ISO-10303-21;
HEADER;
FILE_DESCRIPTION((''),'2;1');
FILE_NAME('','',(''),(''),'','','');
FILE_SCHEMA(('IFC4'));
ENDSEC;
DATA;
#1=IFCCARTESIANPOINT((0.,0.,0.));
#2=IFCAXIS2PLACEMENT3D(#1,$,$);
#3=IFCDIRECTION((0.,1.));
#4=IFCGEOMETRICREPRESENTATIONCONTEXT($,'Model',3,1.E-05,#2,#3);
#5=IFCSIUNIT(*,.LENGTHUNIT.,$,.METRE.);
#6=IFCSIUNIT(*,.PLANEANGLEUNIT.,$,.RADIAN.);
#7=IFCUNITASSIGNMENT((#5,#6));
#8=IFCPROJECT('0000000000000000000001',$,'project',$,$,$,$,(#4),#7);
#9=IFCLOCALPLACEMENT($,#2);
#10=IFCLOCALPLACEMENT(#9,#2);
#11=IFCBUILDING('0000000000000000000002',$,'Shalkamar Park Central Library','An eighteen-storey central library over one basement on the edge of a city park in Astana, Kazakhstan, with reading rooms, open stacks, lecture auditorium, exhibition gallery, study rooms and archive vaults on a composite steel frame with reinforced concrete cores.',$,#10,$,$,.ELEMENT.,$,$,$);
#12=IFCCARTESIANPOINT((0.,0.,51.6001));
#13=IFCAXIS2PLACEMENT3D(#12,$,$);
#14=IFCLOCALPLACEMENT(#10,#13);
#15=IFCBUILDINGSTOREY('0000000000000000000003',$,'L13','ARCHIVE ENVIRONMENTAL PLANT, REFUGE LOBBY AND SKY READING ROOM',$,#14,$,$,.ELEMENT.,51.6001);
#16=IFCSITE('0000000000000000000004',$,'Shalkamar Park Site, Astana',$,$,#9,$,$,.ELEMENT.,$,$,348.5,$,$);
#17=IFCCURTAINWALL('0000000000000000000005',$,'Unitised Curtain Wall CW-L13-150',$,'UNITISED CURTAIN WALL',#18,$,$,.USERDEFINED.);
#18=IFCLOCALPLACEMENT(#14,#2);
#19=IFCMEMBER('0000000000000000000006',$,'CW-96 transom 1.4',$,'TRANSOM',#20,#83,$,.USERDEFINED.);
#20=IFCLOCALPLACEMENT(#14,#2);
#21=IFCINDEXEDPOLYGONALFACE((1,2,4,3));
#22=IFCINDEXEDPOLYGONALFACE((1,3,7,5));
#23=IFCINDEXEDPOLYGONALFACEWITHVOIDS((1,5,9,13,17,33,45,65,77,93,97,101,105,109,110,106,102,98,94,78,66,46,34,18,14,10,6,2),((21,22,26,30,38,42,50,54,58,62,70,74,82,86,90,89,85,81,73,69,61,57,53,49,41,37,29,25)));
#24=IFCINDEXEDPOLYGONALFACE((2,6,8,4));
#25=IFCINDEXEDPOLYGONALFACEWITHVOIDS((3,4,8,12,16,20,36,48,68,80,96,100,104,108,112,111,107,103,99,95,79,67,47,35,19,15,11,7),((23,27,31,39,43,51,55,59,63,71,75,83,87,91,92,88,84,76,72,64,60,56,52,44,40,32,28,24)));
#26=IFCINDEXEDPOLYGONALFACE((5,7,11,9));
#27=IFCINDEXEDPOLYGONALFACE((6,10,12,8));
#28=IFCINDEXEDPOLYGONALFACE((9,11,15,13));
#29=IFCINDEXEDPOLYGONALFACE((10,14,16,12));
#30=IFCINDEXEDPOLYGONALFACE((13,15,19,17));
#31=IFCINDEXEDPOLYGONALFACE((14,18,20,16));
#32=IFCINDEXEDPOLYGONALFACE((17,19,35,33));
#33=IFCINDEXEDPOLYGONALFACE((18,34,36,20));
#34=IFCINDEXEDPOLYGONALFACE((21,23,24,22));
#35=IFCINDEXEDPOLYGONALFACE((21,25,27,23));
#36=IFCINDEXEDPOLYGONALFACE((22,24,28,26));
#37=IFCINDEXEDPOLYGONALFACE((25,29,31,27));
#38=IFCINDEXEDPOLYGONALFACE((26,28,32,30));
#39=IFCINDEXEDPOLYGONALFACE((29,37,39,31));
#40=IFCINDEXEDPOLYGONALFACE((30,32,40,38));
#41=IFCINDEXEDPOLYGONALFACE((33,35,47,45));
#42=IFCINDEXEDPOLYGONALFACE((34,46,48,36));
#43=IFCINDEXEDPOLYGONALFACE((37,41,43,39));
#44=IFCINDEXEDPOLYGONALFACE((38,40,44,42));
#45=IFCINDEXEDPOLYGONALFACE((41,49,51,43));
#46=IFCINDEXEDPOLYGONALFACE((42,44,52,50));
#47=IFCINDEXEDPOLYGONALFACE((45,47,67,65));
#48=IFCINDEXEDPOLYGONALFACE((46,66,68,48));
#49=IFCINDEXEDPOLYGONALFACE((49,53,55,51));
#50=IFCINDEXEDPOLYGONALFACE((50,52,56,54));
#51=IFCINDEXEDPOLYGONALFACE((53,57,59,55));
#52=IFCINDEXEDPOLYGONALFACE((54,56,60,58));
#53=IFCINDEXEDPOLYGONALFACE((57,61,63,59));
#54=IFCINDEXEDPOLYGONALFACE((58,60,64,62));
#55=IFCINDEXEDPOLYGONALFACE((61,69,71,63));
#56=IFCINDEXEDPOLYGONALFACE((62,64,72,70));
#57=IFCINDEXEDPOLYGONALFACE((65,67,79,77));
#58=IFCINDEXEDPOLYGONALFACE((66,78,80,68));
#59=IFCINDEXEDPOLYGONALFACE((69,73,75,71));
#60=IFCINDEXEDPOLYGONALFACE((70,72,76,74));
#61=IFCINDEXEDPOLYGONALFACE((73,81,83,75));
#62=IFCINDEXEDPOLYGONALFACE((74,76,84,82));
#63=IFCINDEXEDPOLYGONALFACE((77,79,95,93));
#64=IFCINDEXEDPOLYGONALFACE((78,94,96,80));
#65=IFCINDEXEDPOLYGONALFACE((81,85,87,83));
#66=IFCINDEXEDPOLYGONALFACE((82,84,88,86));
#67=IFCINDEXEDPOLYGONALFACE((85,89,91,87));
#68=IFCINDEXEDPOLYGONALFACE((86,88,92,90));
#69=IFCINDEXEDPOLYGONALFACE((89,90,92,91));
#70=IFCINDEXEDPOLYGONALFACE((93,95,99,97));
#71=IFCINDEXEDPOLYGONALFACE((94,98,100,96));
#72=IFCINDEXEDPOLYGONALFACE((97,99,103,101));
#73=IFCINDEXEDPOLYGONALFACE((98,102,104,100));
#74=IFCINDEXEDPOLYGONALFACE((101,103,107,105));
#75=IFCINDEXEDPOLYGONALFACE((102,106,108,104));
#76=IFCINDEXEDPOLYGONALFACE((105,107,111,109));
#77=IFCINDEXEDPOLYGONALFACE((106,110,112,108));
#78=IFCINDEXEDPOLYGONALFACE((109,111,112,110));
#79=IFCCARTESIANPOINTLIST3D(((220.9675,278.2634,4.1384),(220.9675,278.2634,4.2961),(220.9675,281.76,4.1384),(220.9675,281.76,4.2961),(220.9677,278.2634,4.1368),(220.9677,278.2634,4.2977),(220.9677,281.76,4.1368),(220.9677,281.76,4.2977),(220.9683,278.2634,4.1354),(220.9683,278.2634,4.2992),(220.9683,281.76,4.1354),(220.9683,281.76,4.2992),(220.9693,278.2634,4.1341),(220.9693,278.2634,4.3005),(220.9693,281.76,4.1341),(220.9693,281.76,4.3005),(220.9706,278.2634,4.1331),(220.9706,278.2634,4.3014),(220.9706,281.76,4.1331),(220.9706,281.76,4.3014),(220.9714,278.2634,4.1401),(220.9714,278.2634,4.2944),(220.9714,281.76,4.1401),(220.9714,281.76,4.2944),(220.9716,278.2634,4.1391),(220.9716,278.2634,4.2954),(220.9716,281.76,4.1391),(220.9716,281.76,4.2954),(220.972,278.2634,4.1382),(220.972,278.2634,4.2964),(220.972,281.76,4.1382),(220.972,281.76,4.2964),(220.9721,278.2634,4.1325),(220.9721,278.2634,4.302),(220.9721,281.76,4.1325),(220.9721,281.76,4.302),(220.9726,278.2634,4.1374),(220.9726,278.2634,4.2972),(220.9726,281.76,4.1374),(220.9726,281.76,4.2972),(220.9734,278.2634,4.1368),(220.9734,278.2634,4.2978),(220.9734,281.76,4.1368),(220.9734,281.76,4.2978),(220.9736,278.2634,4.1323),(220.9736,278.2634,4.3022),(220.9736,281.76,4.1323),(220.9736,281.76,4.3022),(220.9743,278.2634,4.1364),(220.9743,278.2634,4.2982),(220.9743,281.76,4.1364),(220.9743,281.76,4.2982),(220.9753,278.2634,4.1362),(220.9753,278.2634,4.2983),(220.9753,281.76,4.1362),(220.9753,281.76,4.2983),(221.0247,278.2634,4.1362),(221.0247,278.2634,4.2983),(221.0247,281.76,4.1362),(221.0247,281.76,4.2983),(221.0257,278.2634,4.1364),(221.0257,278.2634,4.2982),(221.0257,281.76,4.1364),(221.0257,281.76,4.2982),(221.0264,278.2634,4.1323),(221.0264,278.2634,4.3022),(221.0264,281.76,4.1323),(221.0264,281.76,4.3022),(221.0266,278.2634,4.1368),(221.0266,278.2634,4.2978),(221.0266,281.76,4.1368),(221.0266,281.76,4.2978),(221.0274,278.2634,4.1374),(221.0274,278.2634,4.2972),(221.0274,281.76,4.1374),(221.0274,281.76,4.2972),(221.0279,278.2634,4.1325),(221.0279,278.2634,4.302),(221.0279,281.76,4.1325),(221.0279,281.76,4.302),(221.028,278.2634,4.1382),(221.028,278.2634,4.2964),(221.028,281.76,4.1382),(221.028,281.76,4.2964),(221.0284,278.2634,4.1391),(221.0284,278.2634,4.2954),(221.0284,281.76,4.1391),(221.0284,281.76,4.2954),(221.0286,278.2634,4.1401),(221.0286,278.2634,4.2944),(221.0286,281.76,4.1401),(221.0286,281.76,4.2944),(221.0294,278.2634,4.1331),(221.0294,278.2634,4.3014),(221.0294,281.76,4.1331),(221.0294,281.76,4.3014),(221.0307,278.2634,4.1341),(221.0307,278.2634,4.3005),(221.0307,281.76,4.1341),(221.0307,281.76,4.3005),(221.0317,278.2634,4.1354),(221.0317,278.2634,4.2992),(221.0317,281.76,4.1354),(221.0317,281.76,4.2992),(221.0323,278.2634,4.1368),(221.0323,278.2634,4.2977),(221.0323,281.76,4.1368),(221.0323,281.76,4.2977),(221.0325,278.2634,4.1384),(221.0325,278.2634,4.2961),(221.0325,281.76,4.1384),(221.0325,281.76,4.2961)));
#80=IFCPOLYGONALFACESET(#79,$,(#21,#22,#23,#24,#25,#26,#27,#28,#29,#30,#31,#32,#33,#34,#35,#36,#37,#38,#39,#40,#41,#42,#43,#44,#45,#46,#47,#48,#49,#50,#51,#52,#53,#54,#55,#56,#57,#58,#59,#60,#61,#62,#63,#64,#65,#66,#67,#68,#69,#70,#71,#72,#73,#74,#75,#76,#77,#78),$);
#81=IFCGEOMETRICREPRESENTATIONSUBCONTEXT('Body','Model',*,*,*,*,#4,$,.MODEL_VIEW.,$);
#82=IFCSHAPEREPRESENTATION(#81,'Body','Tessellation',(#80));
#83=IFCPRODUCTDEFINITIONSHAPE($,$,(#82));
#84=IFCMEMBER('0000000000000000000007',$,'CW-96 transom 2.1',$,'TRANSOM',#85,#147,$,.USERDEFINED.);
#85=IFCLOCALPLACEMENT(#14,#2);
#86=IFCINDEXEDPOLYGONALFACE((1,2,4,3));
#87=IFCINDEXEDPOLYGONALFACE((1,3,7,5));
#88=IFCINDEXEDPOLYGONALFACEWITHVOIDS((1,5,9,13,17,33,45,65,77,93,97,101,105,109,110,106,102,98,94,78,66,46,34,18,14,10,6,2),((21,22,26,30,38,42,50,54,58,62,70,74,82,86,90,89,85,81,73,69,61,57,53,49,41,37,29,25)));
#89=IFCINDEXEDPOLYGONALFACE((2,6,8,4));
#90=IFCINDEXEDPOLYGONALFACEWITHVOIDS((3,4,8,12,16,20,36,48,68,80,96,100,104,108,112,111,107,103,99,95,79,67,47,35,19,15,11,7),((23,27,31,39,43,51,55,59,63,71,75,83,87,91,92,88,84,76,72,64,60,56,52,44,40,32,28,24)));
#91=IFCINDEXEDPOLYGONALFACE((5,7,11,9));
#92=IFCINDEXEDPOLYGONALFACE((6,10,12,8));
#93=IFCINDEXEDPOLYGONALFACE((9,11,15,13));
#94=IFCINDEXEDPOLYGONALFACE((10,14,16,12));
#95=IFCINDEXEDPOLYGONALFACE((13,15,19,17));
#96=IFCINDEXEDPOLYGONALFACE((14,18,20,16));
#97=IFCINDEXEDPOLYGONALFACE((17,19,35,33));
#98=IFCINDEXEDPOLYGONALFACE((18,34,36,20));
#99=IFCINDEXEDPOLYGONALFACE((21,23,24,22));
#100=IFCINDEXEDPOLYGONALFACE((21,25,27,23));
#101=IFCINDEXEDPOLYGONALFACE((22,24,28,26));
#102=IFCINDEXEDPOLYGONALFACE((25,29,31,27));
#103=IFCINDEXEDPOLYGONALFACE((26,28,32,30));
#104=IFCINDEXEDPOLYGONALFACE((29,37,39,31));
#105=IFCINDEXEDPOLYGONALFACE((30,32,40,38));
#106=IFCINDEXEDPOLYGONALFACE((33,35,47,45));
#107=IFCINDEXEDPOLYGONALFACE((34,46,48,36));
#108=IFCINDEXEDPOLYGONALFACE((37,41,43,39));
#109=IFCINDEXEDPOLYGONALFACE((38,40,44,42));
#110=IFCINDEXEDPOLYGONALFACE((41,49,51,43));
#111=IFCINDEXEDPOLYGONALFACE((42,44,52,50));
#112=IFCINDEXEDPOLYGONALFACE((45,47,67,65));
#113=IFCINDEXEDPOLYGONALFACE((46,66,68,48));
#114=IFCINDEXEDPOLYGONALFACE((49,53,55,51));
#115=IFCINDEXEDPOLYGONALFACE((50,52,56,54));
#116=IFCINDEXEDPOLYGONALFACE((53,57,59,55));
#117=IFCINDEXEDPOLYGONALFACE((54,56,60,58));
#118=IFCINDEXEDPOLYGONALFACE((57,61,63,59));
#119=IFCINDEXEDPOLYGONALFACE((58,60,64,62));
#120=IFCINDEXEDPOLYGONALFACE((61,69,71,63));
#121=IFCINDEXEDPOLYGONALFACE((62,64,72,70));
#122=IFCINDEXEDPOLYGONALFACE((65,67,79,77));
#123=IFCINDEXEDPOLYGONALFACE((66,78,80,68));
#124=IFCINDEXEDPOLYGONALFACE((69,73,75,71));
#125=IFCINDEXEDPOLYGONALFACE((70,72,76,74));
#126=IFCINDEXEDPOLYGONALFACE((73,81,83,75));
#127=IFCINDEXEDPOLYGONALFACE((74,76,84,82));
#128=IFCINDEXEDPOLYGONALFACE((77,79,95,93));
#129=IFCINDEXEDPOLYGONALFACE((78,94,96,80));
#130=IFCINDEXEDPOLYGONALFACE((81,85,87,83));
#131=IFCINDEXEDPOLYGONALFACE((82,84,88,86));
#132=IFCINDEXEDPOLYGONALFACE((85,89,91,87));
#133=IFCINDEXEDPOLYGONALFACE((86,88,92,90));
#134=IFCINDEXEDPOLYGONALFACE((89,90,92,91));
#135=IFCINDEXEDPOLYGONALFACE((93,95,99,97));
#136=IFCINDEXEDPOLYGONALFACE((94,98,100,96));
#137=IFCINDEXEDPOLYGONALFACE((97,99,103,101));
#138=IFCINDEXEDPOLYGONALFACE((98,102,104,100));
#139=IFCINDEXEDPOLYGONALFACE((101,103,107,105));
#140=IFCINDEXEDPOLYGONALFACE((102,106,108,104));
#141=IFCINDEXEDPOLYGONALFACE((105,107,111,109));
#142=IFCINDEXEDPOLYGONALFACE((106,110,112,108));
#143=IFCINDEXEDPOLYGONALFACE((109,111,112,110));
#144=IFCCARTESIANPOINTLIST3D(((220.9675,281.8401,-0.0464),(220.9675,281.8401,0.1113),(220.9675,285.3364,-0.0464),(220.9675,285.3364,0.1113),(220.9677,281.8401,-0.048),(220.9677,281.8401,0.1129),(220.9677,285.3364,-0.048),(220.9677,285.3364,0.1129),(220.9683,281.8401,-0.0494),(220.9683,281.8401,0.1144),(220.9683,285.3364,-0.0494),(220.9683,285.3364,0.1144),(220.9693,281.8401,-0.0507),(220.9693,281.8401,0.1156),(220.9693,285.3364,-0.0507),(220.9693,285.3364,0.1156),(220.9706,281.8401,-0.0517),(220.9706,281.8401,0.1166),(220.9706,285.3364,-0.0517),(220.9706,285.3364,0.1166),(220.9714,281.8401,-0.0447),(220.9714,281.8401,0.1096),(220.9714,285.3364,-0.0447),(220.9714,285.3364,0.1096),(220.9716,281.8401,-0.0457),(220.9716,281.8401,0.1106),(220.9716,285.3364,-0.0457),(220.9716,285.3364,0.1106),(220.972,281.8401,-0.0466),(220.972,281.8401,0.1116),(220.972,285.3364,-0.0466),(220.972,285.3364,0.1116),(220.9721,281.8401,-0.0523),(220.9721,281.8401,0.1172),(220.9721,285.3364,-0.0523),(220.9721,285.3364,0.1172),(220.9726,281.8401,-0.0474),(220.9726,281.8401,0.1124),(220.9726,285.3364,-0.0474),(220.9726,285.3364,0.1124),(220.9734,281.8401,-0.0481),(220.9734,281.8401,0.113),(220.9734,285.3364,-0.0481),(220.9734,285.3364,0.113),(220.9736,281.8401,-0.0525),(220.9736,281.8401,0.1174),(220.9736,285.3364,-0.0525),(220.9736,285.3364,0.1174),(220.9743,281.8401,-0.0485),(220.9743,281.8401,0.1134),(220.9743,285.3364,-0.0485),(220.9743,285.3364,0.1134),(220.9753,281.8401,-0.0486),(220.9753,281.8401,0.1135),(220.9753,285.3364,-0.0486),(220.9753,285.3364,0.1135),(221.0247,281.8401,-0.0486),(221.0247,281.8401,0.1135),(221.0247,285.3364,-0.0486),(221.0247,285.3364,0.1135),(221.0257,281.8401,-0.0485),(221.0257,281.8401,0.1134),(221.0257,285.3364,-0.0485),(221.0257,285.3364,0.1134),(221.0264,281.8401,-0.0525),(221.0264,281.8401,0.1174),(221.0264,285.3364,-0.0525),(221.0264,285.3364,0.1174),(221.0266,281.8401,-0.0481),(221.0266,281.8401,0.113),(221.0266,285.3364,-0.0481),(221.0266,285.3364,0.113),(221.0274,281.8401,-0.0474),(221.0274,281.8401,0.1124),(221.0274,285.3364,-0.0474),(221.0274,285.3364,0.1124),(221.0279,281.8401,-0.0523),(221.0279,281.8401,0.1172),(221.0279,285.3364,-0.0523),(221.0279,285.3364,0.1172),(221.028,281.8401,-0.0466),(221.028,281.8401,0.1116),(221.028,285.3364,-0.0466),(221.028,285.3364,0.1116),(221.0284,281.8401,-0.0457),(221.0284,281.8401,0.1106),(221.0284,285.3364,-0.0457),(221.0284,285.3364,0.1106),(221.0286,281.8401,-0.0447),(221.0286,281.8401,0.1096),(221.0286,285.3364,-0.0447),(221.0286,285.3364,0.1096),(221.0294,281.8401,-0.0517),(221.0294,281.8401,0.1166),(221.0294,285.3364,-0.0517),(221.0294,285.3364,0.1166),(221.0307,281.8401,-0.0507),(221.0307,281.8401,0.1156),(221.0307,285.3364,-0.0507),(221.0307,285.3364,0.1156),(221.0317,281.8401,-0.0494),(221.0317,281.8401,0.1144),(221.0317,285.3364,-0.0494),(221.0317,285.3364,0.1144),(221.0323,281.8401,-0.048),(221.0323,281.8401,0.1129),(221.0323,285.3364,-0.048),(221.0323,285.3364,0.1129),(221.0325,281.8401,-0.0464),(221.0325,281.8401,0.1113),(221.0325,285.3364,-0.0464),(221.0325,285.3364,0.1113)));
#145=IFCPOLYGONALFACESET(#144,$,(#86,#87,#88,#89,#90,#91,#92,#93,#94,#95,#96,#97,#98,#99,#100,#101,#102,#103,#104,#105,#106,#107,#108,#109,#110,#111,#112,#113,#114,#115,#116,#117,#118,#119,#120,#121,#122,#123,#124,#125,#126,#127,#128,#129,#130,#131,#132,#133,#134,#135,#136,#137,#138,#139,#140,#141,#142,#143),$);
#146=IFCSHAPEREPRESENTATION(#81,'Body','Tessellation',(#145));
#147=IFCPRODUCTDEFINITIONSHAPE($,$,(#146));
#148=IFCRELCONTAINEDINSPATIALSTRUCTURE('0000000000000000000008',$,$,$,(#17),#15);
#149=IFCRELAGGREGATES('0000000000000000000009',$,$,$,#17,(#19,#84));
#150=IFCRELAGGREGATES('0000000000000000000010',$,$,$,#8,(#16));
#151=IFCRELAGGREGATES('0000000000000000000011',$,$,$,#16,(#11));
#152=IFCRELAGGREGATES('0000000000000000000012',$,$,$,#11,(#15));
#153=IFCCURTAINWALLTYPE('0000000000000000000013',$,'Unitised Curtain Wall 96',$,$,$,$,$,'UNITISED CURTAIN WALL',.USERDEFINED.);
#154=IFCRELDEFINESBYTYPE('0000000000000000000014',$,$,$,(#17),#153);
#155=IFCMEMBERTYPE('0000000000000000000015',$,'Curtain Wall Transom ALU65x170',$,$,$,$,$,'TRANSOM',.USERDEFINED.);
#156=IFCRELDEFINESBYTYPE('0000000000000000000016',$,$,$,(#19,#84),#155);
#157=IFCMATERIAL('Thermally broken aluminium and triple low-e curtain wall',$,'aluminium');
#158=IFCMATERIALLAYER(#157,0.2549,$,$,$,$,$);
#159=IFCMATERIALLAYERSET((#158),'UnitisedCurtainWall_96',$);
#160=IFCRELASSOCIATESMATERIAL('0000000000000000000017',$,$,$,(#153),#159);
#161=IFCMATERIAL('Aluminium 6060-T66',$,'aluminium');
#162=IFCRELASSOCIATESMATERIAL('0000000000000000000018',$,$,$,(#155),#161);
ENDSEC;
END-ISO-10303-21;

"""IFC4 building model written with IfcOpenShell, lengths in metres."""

from ifc_helpers import new_model, si_unit, direction, frame, origin, origin_2d, place, context, subcontext, project, spatial, hollow_rectangle, extrude, material, layer, layer_set, material_profile, profile_set, type_object, element, aggregate, save


model = new_model("IFC4")

# Units and contexts
model_context = context("Model", 3, precision=1e-05, world=origin(), true_north=direction((0.0, 1.0)))
body_context = subcontext(model_context, "Body", "Model", "MODEL_VIEW")
ifc_project = project(units=[si_unit("LENGTHUNIT", "METRE"), si_unit("PLANEANGLEUNIT", "RADIAN")], contexts=[model_context])

# Site, building, storey
site_placement = place(None, origin())
site = spatial("IfcSite", under=ifc_project, at=site_placement, Name="Shalkamar Park Site, Astana", CompositionType="ELEMENT", RefElevation=348.5)
building_placement = place(site_placement, origin())
building = spatial("IfcBuilding", under=site, at=building_placement, Name="Shalkamar Park Central Library", Description="An eighteen-storey central library over one basement on the edge of a city park in Astana, Kazakhstan, with reading rooms, open stacks, lecture auditorium, exhibition gallery, study rooms and archive vaults on a composite steel frame with reinforced concrete cores.", CompositionType="ELEMENT")
storey_placement = place(building_placement, frame((0.0, 0.0, 51.6001)))
storey = spatial("IfcBuildingStorey", under=building, at=storey_placement, Name="L13", Description="ARCHIVE ENVIRONMENTAL PLANT, REFUGE LOBBY AND SKY READING ROOM", CompositionType="ELEMENT", Elevation=51.6001)

# Curtain wall, members
ifc_material_1 = material(Name="Thermally broken aluminium and triple low-e curtain wall", Category="aluminium")
ifc_layer_1 = layer(ifc_material_1, 0.2549)
ifc_layer_set_1 = layer_set([ifc_layer_1], Name="UnitisedCurtainWall_96")
curtain_wall_type = type_object("IfcCurtainWallType", Name="Unitised Curtain Wall 96", ElementType="UNITISED CURTAIN WALL", PredefinedType="USERDEFINED", material=ifc_layer_set_1)
curtain_wall_placement = place(storey_placement, origin())
curtain_wall = element("IfcCurtainWall", 1, at=curtain_wall_placement, inside=storey, type_object=curtain_wall_type, Name="Unitised Curtain Wall CW-L13-150", ObjectType="UNITISED CURTAIN WALL", PredefinedType="USERDEFINED")
ifc_material_2 = material(Name="Aluminium 6060-T66", Category="aluminium")
ifc_material_profile_1 = material_profile(ifc_material_2, hollow_rectangle(XDim=0.0649, YDim=0.1699, WallThickness=0.0039, InnerFilletRadius=0.0039, OuterFilletRadius=0.0061, at=origin_2d()), Name="ALU 65x170x4")
ifc_profile_set_1 = profile_set([ifc_material_profile_1], Name="Aluminium 6060-T66")
member_type_1 = type_object("IfcMemberType", Name="Curtain Wall Transom ALU65x170", ElementType="TRANSOM", PredefinedType="USERDEFINED", material=ifc_profile_set_1)
member_1_placement = place(storey_placement, frame((221.0, 278.2634, 4.2173), z_axis=(0.0, 1.0, 0.0), x_axis=(-1.0, 0.0, 0.0)))
member_1 = element("IfcMember", 2, at=member_1_placement, type_object=member_type_1, Name="CW-96 transom 1.4", ObjectType="TRANSOM", PredefinedType="USERDEFINED", context=body_context, shape_type="SweptSolid", body=[
    extrude(hollow_rectangle(XDim=0.0649, YDim=0.1699, WallThickness=0.0039, InnerFilletRadius=0.0039, OuterFilletRadius=0.0061, at=origin_2d()), origin(), (0.0, 0.0, 1.0), 3.4966),
])
member_2_placement = place(storey_placement, frame((221.0, 281.8401, 0.0325), z_axis=(0.0, 1.0, 0.0), x_axis=(-1.0, 0.0, 0.0)))
member_2 = element("IfcMember", 3, at=member_2_placement, type_object=member_type_1, Name="CW-96 transom 2.1", ObjectType="TRANSOM", PredefinedType="USERDEFINED", context=body_context, shape_type="SweptSolid", body=[
    extrude(hollow_rectangle(XDim=0.0649, YDim=0.1699, WallThickness=0.0039, InnerFilletRadius=0.0039, OuterFilletRadius=0.0061, at=origin_2d()), origin(), (0.0, 0.0, 1.0), 3.4963),
])

aggregate(curtain_wall, [member_1, member_2])

save(model, "model.ifc")
